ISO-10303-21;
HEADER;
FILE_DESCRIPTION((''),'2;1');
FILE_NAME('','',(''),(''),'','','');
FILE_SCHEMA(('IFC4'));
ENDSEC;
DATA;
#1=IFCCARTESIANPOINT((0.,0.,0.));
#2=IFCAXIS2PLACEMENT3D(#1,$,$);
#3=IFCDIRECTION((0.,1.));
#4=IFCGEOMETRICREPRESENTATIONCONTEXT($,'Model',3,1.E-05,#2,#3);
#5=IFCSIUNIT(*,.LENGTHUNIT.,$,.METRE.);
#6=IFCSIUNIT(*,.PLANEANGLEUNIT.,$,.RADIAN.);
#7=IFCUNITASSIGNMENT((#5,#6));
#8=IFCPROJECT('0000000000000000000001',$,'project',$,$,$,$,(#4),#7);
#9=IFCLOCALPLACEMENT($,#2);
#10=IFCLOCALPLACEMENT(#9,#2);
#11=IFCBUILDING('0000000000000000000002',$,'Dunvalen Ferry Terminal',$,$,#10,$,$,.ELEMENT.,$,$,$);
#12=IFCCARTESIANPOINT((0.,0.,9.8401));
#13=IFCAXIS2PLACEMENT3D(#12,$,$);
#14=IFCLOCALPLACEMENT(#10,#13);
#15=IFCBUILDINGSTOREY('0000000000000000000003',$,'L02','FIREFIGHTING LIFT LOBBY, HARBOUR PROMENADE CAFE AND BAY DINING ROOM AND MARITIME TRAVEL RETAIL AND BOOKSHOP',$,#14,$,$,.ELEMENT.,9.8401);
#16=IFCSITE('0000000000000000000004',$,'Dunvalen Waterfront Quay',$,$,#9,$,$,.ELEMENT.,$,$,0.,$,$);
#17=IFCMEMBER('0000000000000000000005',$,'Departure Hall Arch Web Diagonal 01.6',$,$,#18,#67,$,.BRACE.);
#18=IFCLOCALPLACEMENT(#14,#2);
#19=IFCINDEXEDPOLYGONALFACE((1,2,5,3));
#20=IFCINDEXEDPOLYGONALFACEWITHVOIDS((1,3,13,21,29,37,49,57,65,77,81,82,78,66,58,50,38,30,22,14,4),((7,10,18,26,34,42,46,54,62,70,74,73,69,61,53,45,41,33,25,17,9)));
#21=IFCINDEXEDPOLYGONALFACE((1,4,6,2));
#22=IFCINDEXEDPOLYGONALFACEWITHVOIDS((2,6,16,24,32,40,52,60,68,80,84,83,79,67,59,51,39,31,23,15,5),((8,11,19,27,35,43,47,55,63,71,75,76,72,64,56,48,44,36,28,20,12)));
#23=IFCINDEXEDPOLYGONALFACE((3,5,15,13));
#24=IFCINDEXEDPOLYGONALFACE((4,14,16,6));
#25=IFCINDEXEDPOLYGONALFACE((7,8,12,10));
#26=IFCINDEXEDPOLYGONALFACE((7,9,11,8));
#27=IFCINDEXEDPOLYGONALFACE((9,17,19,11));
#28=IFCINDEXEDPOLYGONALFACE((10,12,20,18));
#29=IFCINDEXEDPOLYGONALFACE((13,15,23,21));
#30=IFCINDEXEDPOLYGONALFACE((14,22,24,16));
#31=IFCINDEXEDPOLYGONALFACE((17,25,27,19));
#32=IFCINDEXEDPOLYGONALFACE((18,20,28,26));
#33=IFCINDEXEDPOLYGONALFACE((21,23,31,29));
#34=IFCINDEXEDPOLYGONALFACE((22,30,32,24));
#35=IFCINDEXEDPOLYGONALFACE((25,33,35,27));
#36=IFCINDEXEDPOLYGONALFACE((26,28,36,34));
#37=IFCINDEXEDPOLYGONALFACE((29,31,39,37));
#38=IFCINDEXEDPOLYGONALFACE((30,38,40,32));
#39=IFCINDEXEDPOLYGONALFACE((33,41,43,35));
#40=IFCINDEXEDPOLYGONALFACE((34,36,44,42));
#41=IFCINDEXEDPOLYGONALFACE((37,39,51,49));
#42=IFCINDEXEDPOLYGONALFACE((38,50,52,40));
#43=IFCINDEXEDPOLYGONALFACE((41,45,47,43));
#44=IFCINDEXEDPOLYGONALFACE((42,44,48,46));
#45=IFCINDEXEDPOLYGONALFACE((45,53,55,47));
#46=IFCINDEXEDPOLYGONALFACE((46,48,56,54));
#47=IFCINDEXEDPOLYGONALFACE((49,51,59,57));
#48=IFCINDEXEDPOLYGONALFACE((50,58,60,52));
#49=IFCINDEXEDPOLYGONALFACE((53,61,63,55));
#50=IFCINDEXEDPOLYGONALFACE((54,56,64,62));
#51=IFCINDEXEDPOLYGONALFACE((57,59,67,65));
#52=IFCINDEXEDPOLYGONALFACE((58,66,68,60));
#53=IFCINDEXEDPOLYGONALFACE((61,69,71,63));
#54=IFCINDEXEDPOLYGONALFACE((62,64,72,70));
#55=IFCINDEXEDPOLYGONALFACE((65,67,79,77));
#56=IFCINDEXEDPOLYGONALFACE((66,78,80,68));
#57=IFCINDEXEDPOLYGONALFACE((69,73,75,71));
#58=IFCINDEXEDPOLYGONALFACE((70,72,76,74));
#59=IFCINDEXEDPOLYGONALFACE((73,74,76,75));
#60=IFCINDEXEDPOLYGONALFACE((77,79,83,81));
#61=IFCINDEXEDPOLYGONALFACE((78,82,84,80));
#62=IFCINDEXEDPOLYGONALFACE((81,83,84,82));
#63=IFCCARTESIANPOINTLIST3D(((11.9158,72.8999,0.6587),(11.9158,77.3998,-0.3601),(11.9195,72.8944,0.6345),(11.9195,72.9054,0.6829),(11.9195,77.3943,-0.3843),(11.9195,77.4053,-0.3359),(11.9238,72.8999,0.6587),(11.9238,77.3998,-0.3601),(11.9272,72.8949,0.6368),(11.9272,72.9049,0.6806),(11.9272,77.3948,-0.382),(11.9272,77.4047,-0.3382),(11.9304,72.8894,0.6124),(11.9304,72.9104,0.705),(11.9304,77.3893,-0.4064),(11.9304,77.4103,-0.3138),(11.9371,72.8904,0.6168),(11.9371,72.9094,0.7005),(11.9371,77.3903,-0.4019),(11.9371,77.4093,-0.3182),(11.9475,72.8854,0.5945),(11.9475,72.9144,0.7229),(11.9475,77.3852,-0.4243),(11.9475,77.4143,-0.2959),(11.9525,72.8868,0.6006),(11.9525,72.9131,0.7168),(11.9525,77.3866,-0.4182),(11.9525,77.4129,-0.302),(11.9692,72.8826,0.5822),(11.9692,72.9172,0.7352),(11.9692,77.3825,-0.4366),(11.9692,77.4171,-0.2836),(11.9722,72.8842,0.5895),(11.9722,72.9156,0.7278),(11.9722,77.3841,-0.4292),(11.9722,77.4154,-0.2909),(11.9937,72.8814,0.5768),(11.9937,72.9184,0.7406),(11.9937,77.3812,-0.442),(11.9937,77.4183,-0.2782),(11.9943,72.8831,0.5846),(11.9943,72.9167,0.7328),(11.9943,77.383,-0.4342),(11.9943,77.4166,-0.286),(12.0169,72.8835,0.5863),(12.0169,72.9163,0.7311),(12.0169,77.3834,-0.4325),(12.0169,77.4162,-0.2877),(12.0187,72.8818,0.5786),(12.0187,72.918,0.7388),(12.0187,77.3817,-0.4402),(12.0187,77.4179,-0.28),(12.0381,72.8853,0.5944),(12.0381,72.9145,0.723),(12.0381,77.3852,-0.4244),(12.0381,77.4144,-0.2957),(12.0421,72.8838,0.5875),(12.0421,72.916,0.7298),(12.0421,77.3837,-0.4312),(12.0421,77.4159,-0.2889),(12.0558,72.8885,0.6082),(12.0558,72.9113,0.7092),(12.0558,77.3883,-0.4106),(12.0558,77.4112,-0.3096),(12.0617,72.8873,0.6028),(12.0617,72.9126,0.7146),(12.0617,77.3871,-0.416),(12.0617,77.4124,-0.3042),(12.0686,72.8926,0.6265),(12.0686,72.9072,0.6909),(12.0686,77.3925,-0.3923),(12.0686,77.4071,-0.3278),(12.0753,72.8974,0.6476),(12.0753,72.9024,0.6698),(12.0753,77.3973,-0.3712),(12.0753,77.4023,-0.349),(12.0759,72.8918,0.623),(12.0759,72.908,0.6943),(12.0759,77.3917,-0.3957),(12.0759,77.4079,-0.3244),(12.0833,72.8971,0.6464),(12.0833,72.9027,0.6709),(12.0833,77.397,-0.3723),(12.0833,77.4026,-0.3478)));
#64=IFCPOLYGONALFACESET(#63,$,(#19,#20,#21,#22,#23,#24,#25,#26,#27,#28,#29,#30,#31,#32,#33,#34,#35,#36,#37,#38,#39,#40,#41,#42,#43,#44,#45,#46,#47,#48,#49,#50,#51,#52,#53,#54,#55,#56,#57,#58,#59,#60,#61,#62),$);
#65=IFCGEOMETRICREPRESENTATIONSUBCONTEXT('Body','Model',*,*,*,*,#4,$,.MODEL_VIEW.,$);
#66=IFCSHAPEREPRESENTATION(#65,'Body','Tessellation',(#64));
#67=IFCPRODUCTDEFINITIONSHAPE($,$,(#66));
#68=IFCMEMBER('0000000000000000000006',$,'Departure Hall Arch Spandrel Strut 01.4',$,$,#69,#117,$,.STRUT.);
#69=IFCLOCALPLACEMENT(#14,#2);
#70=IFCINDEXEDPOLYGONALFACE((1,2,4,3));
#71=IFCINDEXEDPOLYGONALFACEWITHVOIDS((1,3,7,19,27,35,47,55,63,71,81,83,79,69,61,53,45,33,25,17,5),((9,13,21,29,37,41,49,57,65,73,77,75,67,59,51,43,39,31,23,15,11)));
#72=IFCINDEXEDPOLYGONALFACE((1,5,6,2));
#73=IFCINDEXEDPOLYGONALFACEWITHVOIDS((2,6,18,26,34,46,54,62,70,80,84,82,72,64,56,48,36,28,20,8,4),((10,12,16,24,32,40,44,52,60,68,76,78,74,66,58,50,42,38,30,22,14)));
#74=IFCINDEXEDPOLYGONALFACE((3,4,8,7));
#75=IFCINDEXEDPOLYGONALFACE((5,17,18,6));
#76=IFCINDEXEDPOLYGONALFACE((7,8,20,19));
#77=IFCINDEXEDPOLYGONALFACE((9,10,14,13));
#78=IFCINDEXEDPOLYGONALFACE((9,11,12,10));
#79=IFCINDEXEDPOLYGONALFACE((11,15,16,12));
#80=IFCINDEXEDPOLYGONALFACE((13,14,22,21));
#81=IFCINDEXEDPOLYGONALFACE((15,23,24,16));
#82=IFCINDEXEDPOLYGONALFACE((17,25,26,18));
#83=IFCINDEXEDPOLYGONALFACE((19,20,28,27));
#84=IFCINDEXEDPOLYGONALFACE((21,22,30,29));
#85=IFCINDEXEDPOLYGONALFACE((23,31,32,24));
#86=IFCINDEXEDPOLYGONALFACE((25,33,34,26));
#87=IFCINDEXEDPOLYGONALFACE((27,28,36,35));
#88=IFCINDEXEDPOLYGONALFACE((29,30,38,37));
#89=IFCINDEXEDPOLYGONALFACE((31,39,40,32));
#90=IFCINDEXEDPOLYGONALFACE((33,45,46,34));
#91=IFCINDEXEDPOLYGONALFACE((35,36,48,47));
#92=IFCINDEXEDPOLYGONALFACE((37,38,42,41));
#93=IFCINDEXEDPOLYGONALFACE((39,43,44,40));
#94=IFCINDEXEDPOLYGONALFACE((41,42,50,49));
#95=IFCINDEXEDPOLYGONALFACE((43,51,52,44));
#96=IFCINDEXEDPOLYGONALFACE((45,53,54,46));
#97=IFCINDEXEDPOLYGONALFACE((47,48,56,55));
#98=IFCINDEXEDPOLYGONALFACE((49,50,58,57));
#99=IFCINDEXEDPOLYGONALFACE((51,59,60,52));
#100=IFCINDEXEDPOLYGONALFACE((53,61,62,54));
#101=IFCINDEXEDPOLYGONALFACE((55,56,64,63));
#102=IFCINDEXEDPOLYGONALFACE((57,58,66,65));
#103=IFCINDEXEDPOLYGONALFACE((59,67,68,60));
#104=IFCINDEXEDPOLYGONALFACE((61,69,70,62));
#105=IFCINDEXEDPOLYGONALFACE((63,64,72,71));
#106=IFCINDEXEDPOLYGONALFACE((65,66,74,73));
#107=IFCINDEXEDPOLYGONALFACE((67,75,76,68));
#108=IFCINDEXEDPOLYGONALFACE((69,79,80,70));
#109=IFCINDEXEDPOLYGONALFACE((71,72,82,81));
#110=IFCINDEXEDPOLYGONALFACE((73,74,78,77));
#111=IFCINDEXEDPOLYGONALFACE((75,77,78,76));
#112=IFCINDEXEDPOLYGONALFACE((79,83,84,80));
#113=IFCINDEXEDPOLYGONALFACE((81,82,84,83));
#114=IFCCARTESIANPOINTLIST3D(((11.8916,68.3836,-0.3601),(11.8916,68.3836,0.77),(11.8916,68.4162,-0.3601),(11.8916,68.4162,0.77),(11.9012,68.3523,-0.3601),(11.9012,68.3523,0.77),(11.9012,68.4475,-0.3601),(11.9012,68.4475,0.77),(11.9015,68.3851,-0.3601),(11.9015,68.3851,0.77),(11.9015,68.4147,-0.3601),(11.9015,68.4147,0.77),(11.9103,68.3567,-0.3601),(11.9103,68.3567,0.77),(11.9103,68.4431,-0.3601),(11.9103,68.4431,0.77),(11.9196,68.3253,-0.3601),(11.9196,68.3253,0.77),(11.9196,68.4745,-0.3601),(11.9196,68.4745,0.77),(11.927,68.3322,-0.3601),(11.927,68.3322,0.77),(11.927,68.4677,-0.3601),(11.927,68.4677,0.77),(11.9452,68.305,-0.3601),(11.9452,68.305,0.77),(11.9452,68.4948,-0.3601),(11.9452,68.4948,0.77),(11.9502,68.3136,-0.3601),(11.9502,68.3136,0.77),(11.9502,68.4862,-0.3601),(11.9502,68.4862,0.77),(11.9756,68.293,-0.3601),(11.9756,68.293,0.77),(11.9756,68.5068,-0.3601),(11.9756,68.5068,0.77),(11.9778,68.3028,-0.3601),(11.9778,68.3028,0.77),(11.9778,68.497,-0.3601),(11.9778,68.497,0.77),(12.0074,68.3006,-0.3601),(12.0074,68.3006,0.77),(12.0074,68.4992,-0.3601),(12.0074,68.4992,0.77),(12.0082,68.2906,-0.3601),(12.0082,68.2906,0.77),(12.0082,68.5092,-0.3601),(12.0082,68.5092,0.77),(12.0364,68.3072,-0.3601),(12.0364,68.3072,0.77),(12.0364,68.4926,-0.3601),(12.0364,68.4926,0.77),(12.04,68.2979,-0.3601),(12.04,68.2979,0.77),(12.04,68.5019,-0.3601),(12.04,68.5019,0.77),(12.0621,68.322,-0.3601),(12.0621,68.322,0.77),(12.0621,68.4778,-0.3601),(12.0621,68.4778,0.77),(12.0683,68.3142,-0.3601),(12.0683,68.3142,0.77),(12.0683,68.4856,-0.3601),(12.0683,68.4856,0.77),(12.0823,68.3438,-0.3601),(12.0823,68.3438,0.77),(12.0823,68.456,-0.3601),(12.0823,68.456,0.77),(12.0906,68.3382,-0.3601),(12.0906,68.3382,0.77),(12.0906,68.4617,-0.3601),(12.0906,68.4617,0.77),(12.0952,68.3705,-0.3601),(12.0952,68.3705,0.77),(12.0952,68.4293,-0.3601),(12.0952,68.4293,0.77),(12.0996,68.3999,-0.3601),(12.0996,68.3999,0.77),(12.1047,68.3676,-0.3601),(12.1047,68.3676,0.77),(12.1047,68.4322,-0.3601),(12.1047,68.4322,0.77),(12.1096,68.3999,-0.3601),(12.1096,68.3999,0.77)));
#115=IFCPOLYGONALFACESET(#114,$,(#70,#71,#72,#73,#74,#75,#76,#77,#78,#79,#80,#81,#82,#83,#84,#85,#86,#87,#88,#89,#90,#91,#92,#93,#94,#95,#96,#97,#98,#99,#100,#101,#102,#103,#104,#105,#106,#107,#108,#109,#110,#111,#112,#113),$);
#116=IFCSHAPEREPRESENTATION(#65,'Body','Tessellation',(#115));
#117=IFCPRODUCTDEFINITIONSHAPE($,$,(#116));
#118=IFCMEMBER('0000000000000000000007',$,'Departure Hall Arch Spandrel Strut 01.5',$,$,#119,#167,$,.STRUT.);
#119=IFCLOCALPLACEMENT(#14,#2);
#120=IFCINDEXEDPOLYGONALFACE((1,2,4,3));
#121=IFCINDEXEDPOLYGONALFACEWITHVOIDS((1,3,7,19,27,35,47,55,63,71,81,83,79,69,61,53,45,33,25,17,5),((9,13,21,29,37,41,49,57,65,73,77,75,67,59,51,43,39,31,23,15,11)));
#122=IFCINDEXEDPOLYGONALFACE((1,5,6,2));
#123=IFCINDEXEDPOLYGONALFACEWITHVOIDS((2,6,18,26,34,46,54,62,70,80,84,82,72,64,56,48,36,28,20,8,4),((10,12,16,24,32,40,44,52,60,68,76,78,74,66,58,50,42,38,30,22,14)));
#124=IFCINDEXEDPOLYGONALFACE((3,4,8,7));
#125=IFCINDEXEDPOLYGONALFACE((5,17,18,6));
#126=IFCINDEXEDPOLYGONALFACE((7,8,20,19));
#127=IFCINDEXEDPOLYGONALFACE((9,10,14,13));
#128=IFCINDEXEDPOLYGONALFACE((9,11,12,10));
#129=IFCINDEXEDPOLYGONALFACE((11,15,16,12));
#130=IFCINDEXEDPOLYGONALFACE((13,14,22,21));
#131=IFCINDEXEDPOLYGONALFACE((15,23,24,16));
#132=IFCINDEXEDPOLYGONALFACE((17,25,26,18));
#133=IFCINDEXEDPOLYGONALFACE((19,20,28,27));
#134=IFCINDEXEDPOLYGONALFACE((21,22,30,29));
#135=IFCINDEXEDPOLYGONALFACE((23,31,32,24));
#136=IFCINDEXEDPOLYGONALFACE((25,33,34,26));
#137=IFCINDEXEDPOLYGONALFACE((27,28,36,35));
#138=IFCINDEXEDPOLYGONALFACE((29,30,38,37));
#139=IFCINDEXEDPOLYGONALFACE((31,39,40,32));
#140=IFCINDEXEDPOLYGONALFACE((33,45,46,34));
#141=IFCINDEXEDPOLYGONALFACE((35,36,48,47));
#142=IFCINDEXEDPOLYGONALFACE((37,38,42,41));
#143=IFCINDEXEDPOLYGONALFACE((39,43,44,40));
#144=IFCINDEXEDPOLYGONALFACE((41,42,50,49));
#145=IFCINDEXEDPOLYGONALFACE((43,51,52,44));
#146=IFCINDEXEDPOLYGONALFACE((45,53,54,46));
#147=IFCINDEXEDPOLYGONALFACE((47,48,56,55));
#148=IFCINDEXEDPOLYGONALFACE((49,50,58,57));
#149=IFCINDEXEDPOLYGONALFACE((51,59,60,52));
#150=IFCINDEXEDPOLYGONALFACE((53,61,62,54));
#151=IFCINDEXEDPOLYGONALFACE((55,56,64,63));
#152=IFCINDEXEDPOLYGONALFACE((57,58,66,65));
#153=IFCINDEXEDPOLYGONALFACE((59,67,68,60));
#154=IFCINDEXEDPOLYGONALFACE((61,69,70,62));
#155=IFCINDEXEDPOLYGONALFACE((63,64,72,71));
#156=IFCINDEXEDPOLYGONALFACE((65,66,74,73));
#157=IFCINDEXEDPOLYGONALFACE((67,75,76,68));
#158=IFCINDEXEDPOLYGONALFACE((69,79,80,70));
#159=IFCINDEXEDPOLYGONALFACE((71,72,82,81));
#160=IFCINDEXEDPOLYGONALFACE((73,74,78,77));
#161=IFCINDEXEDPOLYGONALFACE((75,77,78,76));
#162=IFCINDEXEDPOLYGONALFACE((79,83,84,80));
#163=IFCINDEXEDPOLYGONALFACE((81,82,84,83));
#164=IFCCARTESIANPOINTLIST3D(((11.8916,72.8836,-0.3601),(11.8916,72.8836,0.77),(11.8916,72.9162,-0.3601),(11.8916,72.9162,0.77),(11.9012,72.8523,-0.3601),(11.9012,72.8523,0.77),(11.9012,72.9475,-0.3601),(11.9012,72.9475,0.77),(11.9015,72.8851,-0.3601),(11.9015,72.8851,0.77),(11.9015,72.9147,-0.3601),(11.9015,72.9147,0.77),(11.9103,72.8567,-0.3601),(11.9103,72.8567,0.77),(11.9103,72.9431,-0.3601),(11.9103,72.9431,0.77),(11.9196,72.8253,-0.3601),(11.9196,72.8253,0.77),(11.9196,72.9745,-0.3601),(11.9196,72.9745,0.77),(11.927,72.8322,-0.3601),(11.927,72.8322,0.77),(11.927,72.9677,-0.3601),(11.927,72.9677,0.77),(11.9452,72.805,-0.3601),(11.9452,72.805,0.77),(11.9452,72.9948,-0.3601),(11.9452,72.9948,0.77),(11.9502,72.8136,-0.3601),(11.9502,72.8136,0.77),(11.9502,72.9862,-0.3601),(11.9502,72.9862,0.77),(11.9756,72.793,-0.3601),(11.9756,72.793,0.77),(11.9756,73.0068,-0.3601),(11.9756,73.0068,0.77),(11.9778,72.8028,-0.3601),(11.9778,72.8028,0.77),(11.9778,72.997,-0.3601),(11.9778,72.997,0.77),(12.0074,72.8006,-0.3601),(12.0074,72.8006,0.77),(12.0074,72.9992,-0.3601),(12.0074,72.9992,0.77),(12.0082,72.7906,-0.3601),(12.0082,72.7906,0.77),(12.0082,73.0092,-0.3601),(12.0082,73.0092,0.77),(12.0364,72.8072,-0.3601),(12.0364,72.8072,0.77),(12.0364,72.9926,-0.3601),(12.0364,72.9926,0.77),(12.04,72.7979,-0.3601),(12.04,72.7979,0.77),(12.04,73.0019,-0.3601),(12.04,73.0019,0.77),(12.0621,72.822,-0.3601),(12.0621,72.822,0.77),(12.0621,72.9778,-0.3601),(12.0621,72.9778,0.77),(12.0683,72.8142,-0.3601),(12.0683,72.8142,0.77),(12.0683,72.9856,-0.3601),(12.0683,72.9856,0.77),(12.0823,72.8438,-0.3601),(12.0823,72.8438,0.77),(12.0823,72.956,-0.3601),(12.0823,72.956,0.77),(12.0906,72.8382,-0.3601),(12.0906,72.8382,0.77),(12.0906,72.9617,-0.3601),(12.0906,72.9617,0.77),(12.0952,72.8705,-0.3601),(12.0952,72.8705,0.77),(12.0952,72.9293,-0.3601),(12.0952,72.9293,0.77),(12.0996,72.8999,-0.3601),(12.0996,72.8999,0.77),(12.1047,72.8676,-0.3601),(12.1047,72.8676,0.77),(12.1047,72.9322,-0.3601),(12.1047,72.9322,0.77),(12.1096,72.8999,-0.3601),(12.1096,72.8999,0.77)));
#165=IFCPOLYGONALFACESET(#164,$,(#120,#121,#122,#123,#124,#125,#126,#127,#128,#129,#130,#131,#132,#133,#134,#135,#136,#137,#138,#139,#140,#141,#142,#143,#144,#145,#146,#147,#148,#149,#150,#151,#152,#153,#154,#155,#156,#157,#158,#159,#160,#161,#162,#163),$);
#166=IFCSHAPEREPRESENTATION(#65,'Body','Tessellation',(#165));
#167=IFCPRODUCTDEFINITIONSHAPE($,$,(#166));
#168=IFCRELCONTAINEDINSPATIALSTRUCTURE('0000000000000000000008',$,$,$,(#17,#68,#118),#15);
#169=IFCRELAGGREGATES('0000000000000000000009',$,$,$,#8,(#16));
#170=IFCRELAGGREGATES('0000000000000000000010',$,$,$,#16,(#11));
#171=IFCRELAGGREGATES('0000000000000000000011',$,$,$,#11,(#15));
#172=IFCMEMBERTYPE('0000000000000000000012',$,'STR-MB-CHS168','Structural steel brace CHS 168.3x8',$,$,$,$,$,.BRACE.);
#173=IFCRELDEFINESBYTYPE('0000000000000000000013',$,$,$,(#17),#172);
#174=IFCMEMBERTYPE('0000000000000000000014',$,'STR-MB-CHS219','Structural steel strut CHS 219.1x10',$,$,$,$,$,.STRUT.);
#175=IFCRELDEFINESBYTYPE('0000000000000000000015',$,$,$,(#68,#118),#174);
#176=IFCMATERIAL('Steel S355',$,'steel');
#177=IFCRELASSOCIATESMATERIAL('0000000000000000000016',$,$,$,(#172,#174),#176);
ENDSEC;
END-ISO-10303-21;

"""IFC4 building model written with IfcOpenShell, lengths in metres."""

from ifc_helpers import new_model, si_unit, direction, frame, origin, origin_2d, place, context, subcontext, project, spatial, hollow_circle, extrude, material, material_profile, profile_set, type_object, element, save


model = new_model("IFC4")

# Units and contexts
model_context = context("Model", 3, precision=1e-05, world=origin(), true_north=direction((0.0, 1.0)))
body_context = subcontext(model_context, "Body", "Model", "MODEL_VIEW")
ifc_project = project(units=[si_unit("LENGTHUNIT", "METRE"), si_unit("PLANEANGLEUNIT", "RADIAN")], contexts=[model_context])

# Site, building, storey
site_placement = place(None, origin())
site = spatial("IfcSite", under=ifc_project, at=site_placement, Name="Dunvalen Waterfront Quay", CompositionType="ELEMENT", RefElevation=0.0)
building_placement = place(site_placement, origin())
building = spatial("IfcBuilding", under=site, at=building_placement, Name="Dunvalen Ferry Terminal", CompositionType="ELEMENT")
storey_placement = place(building_placement, frame((0.0, 0.0, 9.8401)))
storey = spatial("IfcBuildingStorey", under=building, at=storey_placement, Name="L02", Description="FIREFIGHTING LIFT LOBBY, HARBOUR PROMENADE CAFE AND BAY DINING ROOM AND MARITIME TRAVEL RETAIL AND BOOKSHOP", CompositionType="ELEMENT", Elevation=9.8401)

# Shared definitions
ifc_material_1 = material(Name="Steel S355", Category="steel")

# Members
ifc_material_profile_1 = material_profile(ifc_material_1, hollow_circle(Radius=0.0842, WallThickness=0.0081, at=origin_2d()), Name="Steel S355")
ifc_profile_set_1 = profile_set([ifc_material_profile_1], Name="Steel S355")
member_type_1 = type_object("IfcMemberType", Name="STR-MB-CHS168", Description="Structural steel brace CHS 168.3x8", PredefinedType="BRACE", material=ifc_profile_set_1)
member_1_placement = place(storey_placement, frame((12.0, 72.8999, 0.6587), z_axis=(0.0, 0.975317, -0.220811), x_axis=(-1.0, 0.0, 0.0)))
element("IfcMember", 1, at=member_1_placement, inside=storey, type_object=member_type_1, Name="Departure Hall Arch Web Diagonal 01.6", PredefinedType="BRACE", context=body_context, shape_type="SweptSolid", body=[
    extrude(hollow_circle(Radius=0.0842, WallThickness=0.0081, at=origin_2d()), origin(), (0.0, 0.0, 1.0), 4.6138),
])
ifc_material_profile_2 = material_profile(ifc_material_1, hollow_circle(Radius=0.1096, WallThickness=0.01, at=origin_2d()), Name="Steel S355")
ifc_profile_set_2 = profile_set([ifc_material_profile_2], Name="Steel S355")
member_type_2 = type_object("IfcMemberType", Name="STR-MB-CHS219", Description="Structural steel strut CHS 219.1x10", PredefinedType="STRUT", material=ifc_profile_set_2)
for number, where, z_axis, x_axis, name in (
    (2, (12.0, 68.3999, -0.3601), (0.0, 0.0, 1.0), (1.0, 0.0, 0.0), "Departure Hall Arch Spandrel Strut 01.4"),
    (3, (12.0, 72.8999, -0.3601), (0.0, 0.0, 1.0), (1.0, 0.0, 0.0), "Departure Hall Arch Spandrel Strut 01.5"),
):
    element("IfcMember", number, at=place(storey_placement, frame(where, z_axis=z_axis, x_axis=x_axis)), inside=storey, type_object=member_type_2, Name=name, PredefinedType="STRUT", context=body_context, shape_type="SweptSolid", body=[
        extrude(hollow_circle(Radius=0.1096, WallThickness=0.01, at=origin_2d()), origin(), (0.0, 0.0, 1.0), 1.1301),
    ])

save(model, "model.ifc")
